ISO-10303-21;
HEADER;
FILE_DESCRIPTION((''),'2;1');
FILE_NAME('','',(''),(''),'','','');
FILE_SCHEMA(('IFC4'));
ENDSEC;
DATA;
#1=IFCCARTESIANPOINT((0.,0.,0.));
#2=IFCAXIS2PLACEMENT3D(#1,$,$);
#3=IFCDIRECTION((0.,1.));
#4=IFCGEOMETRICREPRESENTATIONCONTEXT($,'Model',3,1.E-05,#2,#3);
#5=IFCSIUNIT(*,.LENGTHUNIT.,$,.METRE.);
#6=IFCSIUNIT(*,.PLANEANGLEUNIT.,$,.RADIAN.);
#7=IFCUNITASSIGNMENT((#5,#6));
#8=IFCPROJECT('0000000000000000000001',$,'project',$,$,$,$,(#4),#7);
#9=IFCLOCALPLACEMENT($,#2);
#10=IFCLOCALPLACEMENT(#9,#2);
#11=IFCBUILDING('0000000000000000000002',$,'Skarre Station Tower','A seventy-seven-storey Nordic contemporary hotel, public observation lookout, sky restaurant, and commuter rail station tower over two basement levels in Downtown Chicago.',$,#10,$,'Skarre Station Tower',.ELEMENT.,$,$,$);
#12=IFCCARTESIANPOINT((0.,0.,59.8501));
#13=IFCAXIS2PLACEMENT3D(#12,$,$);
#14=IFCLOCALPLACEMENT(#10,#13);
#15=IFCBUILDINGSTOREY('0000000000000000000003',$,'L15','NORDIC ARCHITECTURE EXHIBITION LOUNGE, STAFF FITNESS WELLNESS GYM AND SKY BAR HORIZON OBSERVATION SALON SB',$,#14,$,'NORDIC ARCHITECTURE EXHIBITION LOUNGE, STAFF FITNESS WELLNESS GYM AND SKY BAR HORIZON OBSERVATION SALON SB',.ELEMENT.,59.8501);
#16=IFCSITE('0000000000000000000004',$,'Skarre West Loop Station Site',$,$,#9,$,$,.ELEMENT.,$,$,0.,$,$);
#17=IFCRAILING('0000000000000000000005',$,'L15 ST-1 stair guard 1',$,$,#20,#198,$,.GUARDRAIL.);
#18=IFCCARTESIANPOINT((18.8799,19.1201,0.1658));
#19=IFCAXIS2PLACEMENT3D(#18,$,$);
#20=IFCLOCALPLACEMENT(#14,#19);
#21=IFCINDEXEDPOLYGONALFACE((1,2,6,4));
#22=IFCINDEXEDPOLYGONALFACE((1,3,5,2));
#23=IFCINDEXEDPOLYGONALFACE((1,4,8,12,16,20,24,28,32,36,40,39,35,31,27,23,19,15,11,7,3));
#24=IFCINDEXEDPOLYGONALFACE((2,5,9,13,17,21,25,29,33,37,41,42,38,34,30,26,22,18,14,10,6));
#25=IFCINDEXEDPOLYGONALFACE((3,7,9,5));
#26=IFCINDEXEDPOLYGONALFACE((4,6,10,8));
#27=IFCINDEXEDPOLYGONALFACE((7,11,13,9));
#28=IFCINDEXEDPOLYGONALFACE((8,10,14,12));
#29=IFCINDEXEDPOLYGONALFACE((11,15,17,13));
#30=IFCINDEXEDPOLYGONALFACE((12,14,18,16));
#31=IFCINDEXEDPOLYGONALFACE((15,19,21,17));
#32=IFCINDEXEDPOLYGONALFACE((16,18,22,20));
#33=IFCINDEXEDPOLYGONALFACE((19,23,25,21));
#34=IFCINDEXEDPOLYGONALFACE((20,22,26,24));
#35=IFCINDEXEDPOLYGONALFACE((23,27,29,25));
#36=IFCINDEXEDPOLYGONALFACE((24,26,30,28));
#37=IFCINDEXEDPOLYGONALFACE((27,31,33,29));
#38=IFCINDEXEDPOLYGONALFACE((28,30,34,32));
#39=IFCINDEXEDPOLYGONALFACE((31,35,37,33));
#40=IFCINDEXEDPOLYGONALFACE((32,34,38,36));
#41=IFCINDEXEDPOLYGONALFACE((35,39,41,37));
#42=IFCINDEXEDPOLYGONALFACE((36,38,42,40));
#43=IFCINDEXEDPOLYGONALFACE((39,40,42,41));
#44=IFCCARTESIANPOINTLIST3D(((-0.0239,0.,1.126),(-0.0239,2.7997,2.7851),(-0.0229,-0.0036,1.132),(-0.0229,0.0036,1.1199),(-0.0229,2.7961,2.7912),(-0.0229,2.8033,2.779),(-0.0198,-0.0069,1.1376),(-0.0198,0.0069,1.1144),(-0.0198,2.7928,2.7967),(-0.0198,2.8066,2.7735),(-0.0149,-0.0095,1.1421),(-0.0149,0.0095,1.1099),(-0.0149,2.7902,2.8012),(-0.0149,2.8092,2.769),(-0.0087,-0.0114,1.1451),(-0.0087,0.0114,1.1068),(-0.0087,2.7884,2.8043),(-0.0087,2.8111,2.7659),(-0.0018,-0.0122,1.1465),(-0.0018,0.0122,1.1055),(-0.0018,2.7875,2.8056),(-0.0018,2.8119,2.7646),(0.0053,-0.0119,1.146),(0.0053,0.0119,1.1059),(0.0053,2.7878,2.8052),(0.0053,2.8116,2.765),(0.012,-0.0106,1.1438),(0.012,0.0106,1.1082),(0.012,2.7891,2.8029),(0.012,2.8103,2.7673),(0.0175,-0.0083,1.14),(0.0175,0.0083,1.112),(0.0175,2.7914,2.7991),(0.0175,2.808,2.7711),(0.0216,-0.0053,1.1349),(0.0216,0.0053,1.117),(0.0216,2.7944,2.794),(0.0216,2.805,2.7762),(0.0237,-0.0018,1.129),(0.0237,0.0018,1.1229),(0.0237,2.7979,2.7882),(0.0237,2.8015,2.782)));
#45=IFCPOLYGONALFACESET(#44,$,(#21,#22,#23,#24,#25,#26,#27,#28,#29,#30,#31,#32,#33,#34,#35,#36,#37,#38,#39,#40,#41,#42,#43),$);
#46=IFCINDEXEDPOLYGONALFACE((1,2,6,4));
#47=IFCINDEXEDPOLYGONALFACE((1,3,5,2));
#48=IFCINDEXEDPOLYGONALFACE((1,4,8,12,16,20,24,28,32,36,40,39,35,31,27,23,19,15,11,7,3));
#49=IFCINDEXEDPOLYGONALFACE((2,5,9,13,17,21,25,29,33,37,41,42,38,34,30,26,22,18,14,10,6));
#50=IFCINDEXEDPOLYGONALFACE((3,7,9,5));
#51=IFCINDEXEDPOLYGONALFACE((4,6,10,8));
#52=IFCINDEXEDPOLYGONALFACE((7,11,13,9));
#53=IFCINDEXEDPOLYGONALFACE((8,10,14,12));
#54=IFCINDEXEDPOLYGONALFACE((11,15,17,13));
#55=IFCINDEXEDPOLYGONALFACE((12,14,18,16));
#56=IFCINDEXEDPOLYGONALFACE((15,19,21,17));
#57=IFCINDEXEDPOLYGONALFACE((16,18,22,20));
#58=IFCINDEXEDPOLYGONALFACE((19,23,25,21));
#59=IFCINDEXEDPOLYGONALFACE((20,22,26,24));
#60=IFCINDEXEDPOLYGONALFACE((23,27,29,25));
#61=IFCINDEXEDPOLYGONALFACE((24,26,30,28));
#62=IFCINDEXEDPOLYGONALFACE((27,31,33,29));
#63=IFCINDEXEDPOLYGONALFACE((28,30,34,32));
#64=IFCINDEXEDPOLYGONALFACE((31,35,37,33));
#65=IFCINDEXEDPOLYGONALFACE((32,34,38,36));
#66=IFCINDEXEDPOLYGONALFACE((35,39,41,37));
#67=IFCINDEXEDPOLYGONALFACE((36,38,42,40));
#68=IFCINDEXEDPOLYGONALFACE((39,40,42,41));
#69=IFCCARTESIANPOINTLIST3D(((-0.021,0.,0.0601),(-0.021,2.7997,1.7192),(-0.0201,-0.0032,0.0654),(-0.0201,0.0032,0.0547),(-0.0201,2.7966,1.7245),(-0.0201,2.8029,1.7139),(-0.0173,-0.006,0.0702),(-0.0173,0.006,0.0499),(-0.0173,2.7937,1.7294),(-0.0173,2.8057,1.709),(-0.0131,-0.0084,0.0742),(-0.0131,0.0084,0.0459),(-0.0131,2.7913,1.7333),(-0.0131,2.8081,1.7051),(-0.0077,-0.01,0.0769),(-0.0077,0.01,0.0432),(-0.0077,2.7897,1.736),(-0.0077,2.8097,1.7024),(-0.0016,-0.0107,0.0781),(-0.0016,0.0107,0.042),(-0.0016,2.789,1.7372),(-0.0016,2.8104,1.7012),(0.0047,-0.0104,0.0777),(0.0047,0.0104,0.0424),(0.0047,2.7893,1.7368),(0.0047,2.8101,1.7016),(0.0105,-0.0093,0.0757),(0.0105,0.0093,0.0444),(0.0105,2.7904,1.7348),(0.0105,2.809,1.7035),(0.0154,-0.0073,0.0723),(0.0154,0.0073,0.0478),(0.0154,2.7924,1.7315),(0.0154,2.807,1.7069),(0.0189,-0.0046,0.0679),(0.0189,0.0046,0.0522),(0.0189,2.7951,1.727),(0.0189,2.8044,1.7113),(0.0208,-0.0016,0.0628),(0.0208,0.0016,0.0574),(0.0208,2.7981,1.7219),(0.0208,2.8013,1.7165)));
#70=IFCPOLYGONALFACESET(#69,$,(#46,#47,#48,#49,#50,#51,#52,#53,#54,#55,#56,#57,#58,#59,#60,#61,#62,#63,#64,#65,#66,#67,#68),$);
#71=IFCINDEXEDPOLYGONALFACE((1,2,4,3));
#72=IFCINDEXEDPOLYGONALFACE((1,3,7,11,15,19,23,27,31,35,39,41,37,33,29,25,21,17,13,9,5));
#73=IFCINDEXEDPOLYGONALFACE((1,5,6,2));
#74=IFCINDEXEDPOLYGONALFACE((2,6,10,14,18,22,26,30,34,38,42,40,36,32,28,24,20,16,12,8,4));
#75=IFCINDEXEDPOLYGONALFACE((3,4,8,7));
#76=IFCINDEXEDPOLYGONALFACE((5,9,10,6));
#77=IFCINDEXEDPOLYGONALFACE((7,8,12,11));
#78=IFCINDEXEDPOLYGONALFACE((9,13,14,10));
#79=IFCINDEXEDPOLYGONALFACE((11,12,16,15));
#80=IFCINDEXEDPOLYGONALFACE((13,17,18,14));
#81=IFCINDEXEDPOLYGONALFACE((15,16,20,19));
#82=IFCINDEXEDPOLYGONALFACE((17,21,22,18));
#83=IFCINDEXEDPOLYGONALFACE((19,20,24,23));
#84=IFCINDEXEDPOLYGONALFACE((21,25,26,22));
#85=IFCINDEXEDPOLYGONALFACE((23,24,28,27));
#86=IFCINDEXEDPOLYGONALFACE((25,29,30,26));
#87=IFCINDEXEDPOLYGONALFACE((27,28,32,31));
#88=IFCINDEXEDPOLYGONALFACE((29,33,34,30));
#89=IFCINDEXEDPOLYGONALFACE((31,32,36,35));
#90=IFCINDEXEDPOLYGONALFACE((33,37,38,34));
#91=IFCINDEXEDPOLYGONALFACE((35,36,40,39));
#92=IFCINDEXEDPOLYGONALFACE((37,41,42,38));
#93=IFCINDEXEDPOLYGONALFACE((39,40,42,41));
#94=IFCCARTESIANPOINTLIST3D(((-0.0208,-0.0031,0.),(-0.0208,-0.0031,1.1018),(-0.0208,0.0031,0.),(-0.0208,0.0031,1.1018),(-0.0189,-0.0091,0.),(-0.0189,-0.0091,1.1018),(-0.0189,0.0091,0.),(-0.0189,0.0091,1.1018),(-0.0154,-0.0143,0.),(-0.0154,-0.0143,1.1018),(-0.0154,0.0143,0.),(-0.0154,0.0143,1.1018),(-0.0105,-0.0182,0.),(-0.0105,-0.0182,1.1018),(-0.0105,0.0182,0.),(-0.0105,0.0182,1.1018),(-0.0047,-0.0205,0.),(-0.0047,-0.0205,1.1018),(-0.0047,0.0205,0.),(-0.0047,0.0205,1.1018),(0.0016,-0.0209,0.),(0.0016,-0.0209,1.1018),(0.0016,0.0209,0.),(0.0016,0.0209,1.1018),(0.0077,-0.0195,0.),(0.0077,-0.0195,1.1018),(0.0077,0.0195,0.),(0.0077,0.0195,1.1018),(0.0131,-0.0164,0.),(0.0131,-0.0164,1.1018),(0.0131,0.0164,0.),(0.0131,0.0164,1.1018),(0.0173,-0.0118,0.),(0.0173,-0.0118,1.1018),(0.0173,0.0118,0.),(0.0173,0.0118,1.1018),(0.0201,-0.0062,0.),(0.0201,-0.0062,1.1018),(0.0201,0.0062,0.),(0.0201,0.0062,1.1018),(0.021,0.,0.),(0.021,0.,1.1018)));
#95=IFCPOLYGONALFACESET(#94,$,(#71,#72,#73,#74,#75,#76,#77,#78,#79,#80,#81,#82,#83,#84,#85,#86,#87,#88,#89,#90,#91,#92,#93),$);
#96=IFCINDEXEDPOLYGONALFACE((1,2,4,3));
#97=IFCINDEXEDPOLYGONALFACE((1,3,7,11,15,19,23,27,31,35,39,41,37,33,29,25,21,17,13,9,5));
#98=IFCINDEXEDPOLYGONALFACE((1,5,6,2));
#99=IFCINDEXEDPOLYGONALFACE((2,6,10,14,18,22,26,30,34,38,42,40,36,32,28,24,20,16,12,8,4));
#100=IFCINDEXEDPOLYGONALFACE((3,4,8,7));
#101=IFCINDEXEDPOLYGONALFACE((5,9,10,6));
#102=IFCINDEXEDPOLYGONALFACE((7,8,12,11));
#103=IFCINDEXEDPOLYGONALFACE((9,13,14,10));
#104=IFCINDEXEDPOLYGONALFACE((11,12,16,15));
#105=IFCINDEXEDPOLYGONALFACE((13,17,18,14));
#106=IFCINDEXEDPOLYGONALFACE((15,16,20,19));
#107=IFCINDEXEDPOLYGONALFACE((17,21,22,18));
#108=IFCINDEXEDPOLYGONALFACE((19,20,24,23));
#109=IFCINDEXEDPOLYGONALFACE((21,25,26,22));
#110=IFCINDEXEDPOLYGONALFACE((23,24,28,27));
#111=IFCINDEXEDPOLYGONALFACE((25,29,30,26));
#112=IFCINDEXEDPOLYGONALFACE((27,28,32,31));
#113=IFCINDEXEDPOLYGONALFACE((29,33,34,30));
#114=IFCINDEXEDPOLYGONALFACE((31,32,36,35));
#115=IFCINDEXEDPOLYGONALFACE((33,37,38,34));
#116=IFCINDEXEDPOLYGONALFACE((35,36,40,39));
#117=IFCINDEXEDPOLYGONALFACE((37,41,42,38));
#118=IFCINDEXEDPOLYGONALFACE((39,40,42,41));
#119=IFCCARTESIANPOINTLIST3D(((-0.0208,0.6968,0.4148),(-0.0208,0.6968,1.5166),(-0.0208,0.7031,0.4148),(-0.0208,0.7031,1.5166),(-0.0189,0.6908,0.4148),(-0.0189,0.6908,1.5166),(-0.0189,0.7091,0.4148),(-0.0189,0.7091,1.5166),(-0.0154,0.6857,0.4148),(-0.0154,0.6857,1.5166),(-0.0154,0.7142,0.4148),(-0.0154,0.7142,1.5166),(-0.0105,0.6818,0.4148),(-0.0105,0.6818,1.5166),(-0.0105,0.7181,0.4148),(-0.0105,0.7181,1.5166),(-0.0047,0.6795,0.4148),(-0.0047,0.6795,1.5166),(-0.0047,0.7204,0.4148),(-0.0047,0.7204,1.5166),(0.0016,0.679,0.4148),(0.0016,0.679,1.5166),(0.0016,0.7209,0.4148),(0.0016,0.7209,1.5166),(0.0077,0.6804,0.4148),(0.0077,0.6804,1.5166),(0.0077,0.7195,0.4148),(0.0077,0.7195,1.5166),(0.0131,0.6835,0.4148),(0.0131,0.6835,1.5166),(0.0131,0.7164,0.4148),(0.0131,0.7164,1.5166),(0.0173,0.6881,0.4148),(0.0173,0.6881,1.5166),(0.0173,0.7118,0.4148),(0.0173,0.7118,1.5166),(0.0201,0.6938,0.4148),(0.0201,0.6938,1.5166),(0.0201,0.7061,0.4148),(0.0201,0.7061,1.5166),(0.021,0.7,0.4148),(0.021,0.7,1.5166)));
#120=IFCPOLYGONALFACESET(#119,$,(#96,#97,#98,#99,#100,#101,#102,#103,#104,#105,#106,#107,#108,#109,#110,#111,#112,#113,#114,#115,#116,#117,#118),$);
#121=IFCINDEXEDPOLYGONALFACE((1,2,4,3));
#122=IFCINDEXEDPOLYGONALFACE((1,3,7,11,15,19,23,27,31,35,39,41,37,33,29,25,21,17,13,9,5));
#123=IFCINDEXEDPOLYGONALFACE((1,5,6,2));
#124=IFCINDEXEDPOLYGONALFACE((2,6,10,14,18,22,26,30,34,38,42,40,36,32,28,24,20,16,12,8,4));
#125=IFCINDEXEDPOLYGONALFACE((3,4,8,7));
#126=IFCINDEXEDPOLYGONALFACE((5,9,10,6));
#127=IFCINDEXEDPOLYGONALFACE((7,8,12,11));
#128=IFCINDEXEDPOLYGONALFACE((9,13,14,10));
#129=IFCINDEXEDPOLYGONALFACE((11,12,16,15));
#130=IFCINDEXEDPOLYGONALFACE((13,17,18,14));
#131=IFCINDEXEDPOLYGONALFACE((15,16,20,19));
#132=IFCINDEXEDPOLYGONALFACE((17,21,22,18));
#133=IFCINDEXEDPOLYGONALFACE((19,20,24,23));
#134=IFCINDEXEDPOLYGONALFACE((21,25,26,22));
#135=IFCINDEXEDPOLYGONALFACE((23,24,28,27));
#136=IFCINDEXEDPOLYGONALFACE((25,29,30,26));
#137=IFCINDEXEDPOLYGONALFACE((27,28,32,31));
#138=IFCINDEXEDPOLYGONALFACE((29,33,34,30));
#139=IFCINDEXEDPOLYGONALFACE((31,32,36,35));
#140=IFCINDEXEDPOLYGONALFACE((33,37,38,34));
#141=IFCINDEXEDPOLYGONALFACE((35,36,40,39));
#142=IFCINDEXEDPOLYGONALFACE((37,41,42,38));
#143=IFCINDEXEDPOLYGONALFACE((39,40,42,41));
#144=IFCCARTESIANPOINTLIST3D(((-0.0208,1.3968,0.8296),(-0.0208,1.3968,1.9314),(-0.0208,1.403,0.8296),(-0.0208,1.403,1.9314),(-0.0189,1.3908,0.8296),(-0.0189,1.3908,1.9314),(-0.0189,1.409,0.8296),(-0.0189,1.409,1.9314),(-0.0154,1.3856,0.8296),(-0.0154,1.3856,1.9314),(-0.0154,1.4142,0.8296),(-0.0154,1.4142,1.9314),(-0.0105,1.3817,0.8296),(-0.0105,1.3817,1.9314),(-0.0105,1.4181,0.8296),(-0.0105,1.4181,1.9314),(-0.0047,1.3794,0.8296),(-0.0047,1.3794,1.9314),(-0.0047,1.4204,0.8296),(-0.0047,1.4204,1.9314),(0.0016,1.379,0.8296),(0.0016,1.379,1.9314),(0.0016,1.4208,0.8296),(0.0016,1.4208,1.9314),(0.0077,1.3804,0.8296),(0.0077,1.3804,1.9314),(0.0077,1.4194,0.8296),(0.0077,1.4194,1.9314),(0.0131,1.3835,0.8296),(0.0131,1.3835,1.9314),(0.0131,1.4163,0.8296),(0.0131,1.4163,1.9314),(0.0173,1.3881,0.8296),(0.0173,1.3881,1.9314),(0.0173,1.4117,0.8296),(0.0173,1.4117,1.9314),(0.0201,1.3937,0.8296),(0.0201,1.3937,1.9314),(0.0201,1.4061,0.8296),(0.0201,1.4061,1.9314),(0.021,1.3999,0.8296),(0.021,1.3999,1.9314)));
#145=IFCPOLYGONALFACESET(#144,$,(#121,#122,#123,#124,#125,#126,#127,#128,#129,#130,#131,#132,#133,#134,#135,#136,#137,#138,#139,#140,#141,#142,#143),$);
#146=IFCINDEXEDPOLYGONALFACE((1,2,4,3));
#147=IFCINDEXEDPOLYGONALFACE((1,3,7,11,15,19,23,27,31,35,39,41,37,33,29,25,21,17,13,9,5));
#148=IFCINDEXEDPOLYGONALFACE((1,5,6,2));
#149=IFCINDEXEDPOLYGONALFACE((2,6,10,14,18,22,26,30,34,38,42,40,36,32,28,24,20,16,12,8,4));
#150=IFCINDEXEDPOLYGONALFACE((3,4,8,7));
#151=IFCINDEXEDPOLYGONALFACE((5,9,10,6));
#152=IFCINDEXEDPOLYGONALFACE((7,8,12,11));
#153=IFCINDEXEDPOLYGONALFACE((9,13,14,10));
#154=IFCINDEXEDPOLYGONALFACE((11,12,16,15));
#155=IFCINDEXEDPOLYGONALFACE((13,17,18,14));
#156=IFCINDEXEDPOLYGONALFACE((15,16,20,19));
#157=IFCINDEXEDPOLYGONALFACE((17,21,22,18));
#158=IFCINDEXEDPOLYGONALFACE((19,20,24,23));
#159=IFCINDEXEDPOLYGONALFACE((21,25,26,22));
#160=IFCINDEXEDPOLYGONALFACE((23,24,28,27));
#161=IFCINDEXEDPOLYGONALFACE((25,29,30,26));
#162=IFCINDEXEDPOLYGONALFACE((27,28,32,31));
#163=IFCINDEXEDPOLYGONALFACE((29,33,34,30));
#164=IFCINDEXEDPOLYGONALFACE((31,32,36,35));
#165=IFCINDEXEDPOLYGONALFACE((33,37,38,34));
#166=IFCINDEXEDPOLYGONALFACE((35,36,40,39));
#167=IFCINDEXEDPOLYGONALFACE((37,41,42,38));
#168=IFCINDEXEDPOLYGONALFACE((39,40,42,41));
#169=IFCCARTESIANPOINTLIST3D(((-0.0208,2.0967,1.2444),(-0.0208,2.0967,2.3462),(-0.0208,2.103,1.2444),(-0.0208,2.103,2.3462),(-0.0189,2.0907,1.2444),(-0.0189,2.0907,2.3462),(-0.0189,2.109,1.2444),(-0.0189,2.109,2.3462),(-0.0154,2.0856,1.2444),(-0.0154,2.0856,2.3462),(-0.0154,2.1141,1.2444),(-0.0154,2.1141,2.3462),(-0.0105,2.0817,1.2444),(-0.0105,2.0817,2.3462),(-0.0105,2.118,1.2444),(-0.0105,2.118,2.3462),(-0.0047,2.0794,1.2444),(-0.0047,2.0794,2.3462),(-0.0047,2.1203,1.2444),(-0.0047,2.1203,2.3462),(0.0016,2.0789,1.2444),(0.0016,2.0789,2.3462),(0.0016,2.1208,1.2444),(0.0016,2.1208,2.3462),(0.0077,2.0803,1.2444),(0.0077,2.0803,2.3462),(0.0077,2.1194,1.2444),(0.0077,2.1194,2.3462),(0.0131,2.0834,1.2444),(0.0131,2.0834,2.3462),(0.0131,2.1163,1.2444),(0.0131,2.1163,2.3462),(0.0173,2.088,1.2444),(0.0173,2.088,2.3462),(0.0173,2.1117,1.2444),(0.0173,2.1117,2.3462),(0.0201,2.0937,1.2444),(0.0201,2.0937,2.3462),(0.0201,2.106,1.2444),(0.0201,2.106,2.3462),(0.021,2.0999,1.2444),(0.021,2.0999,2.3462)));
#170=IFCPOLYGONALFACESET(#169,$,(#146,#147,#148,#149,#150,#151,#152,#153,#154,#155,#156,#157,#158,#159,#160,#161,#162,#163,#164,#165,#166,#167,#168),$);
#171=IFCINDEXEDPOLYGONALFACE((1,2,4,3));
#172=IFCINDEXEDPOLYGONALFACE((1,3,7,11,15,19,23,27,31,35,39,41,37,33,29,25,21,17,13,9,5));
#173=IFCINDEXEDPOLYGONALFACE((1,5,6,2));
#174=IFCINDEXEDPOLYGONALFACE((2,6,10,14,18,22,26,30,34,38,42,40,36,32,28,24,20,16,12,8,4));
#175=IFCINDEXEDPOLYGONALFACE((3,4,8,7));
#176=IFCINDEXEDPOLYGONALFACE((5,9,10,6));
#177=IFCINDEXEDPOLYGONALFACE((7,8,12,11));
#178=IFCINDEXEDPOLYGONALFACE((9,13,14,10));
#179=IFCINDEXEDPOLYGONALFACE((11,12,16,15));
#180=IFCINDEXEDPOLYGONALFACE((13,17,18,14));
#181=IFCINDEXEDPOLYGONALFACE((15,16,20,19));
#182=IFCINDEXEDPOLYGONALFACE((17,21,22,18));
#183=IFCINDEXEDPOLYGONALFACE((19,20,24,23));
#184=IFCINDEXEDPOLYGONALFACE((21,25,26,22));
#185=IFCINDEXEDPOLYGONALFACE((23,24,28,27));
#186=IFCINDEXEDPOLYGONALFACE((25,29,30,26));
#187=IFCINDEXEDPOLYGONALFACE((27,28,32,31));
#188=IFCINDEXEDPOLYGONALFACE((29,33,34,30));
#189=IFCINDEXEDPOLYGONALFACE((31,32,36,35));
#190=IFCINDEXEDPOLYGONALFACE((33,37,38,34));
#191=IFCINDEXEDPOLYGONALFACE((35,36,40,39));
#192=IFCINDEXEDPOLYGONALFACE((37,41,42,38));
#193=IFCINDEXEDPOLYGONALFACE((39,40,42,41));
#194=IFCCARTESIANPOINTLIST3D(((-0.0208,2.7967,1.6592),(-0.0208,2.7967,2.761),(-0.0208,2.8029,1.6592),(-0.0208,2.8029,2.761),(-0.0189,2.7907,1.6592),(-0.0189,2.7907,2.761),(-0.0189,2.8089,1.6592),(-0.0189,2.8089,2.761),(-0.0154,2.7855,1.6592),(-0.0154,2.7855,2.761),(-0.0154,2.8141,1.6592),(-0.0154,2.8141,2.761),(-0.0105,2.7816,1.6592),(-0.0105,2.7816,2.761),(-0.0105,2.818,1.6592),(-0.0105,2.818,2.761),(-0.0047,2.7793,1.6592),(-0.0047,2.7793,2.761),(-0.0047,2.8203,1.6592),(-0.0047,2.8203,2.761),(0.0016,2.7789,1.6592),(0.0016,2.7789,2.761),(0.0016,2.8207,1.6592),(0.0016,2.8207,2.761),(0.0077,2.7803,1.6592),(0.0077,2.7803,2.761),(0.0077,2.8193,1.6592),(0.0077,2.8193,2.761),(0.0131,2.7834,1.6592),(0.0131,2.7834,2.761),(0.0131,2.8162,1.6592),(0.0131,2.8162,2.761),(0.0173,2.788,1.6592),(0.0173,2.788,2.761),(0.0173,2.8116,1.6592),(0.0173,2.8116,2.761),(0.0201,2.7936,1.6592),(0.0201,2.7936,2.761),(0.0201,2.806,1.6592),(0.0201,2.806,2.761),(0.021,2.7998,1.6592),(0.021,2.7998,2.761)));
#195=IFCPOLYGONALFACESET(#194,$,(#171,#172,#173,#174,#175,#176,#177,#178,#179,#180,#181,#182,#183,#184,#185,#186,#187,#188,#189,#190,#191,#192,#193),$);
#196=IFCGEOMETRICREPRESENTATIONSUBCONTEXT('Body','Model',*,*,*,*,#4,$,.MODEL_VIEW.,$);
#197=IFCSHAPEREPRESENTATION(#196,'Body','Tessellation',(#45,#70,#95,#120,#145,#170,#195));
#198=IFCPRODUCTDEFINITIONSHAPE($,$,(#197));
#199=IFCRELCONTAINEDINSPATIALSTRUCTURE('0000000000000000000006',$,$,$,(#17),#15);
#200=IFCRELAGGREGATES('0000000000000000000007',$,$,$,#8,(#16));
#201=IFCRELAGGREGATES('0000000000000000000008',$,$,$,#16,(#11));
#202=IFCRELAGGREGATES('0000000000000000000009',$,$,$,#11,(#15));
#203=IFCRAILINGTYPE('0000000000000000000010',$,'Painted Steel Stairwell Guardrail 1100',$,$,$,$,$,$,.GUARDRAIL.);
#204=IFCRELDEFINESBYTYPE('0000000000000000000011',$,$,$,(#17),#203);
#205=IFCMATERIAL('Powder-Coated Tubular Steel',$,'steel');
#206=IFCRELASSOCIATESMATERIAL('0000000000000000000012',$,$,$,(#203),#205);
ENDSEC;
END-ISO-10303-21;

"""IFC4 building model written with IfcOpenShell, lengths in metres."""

from ifc_helpers import new_model, si_unit, direction, frame, origin, origin_2d, place, context, subcontext, project, spatial, circle, extrude, material, type_object, element, save


model = new_model("IFC4")

# Units and contexts
model_context = context("Model", 3, precision=1e-05, world=origin(), true_north=direction((0.0, 1.0)))
body_context = subcontext(model_context, "Body", "Model", "MODEL_VIEW")
ifc_project = project(units=[si_unit("LENGTHUNIT", "METRE"), si_unit("PLANEANGLEUNIT", "RADIAN")], contexts=[model_context])

# Site, building, storey
site_placement = place(None, origin())
site = spatial("IfcSite", under=ifc_project, at=site_placement, Name="Skarre West Loop Station Site", CompositionType="ELEMENT", RefElevation=0.0)
building_placement = place(site_placement, origin())
building = spatial("IfcBuilding", under=site, at=building_placement, Name="Skarre Station Tower", Description="A seventy-seven-storey Nordic contemporary hotel, public observation lookout, sky restaurant, and commuter rail station tower over two basement levels in Downtown Chicago.", LongName="Skarre Station Tower", CompositionType="ELEMENT")
storey_placement = place(building_placement, frame((0.0, 0.0, 59.8501)))
storey = spatial("IfcBuildingStorey", under=building, at=storey_placement, Name="L15", Description="NORDIC ARCHITECTURE EXHIBITION LOUNGE, STAFF FITNESS WELLNESS GYM AND SKY BAR HORIZON OBSERVATION SALON SB", LongName="NORDIC ARCHITECTURE EXHIBITION LOUNGE, STAFF FITNESS WELLNESS GYM AND SKY BAR HORIZON OBSERVATION SALON SB", CompositionType="ELEMENT", Elevation=59.8501)

# Railing
ifc_material_1 = material(Name="Powder-Coated Tubular Steel", Category="steel")
railing_type_1 = type_object("IfcRailingType", Name="Painted Steel Stairwell Guardrail 1100", PredefinedType="GUARDRAIL", material=ifc_material_1)
railing_1_placement = place(storey_placement, frame((18.8799, 19.1201, 0.1658)))
element("IfcRailing", 1, at=railing_1_placement, inside=storey, type_object=railing_type_1, Name="L15 ST-1 stair guard 1", PredefinedType="GUARDRAIL", context=body_context, shape_type="SweptSolid", body=[
    extrude(circle(Radius=0.0239, at=origin_2d()), frame((0.0, 0.0, 1.126), z_axis=(0.0, 0.860287, 0.509811), x_axis=(-1.0, 0.0, 0.0)), (0.0, 0.0, 1.0), 3.2544),
    extrude(circle(Radius=0.021, at=origin_2d()), frame((0.0, 0.0, 0.0601), z_axis=(0.0, 0.860287, 0.509811), x_axis=(-1.0, 0.0, 0.0)), (0.0, 0.0, 1.0), 3.2544),
    extrude(circle(Radius=0.021, at=origin_2d()), origin(), (0.0, 0.0, 1.0), 1.1018),
    extrude(circle(Radius=0.021, at=origin_2d()), frame((0.0, 0.7, 0.4148)), (0.0, 0.0, 1.0), 1.1018),
    extrude(circle(Radius=0.021, at=origin_2d()), frame((0.0, 1.3999, 0.8296)), (0.0, 0.0, 1.0), 1.1018),
    extrude(circle(Radius=0.021, at=origin_2d()), frame((0.0, 2.0999, 1.2444)), (0.0, 0.0, 1.0), 1.1018),
    extrude(circle(Radius=0.021, at=origin_2d()), frame((0.0, 2.7998, 1.6592)), (0.0, 0.0, 1.0), 1.1018),
])

save(model, "model.ifc")
